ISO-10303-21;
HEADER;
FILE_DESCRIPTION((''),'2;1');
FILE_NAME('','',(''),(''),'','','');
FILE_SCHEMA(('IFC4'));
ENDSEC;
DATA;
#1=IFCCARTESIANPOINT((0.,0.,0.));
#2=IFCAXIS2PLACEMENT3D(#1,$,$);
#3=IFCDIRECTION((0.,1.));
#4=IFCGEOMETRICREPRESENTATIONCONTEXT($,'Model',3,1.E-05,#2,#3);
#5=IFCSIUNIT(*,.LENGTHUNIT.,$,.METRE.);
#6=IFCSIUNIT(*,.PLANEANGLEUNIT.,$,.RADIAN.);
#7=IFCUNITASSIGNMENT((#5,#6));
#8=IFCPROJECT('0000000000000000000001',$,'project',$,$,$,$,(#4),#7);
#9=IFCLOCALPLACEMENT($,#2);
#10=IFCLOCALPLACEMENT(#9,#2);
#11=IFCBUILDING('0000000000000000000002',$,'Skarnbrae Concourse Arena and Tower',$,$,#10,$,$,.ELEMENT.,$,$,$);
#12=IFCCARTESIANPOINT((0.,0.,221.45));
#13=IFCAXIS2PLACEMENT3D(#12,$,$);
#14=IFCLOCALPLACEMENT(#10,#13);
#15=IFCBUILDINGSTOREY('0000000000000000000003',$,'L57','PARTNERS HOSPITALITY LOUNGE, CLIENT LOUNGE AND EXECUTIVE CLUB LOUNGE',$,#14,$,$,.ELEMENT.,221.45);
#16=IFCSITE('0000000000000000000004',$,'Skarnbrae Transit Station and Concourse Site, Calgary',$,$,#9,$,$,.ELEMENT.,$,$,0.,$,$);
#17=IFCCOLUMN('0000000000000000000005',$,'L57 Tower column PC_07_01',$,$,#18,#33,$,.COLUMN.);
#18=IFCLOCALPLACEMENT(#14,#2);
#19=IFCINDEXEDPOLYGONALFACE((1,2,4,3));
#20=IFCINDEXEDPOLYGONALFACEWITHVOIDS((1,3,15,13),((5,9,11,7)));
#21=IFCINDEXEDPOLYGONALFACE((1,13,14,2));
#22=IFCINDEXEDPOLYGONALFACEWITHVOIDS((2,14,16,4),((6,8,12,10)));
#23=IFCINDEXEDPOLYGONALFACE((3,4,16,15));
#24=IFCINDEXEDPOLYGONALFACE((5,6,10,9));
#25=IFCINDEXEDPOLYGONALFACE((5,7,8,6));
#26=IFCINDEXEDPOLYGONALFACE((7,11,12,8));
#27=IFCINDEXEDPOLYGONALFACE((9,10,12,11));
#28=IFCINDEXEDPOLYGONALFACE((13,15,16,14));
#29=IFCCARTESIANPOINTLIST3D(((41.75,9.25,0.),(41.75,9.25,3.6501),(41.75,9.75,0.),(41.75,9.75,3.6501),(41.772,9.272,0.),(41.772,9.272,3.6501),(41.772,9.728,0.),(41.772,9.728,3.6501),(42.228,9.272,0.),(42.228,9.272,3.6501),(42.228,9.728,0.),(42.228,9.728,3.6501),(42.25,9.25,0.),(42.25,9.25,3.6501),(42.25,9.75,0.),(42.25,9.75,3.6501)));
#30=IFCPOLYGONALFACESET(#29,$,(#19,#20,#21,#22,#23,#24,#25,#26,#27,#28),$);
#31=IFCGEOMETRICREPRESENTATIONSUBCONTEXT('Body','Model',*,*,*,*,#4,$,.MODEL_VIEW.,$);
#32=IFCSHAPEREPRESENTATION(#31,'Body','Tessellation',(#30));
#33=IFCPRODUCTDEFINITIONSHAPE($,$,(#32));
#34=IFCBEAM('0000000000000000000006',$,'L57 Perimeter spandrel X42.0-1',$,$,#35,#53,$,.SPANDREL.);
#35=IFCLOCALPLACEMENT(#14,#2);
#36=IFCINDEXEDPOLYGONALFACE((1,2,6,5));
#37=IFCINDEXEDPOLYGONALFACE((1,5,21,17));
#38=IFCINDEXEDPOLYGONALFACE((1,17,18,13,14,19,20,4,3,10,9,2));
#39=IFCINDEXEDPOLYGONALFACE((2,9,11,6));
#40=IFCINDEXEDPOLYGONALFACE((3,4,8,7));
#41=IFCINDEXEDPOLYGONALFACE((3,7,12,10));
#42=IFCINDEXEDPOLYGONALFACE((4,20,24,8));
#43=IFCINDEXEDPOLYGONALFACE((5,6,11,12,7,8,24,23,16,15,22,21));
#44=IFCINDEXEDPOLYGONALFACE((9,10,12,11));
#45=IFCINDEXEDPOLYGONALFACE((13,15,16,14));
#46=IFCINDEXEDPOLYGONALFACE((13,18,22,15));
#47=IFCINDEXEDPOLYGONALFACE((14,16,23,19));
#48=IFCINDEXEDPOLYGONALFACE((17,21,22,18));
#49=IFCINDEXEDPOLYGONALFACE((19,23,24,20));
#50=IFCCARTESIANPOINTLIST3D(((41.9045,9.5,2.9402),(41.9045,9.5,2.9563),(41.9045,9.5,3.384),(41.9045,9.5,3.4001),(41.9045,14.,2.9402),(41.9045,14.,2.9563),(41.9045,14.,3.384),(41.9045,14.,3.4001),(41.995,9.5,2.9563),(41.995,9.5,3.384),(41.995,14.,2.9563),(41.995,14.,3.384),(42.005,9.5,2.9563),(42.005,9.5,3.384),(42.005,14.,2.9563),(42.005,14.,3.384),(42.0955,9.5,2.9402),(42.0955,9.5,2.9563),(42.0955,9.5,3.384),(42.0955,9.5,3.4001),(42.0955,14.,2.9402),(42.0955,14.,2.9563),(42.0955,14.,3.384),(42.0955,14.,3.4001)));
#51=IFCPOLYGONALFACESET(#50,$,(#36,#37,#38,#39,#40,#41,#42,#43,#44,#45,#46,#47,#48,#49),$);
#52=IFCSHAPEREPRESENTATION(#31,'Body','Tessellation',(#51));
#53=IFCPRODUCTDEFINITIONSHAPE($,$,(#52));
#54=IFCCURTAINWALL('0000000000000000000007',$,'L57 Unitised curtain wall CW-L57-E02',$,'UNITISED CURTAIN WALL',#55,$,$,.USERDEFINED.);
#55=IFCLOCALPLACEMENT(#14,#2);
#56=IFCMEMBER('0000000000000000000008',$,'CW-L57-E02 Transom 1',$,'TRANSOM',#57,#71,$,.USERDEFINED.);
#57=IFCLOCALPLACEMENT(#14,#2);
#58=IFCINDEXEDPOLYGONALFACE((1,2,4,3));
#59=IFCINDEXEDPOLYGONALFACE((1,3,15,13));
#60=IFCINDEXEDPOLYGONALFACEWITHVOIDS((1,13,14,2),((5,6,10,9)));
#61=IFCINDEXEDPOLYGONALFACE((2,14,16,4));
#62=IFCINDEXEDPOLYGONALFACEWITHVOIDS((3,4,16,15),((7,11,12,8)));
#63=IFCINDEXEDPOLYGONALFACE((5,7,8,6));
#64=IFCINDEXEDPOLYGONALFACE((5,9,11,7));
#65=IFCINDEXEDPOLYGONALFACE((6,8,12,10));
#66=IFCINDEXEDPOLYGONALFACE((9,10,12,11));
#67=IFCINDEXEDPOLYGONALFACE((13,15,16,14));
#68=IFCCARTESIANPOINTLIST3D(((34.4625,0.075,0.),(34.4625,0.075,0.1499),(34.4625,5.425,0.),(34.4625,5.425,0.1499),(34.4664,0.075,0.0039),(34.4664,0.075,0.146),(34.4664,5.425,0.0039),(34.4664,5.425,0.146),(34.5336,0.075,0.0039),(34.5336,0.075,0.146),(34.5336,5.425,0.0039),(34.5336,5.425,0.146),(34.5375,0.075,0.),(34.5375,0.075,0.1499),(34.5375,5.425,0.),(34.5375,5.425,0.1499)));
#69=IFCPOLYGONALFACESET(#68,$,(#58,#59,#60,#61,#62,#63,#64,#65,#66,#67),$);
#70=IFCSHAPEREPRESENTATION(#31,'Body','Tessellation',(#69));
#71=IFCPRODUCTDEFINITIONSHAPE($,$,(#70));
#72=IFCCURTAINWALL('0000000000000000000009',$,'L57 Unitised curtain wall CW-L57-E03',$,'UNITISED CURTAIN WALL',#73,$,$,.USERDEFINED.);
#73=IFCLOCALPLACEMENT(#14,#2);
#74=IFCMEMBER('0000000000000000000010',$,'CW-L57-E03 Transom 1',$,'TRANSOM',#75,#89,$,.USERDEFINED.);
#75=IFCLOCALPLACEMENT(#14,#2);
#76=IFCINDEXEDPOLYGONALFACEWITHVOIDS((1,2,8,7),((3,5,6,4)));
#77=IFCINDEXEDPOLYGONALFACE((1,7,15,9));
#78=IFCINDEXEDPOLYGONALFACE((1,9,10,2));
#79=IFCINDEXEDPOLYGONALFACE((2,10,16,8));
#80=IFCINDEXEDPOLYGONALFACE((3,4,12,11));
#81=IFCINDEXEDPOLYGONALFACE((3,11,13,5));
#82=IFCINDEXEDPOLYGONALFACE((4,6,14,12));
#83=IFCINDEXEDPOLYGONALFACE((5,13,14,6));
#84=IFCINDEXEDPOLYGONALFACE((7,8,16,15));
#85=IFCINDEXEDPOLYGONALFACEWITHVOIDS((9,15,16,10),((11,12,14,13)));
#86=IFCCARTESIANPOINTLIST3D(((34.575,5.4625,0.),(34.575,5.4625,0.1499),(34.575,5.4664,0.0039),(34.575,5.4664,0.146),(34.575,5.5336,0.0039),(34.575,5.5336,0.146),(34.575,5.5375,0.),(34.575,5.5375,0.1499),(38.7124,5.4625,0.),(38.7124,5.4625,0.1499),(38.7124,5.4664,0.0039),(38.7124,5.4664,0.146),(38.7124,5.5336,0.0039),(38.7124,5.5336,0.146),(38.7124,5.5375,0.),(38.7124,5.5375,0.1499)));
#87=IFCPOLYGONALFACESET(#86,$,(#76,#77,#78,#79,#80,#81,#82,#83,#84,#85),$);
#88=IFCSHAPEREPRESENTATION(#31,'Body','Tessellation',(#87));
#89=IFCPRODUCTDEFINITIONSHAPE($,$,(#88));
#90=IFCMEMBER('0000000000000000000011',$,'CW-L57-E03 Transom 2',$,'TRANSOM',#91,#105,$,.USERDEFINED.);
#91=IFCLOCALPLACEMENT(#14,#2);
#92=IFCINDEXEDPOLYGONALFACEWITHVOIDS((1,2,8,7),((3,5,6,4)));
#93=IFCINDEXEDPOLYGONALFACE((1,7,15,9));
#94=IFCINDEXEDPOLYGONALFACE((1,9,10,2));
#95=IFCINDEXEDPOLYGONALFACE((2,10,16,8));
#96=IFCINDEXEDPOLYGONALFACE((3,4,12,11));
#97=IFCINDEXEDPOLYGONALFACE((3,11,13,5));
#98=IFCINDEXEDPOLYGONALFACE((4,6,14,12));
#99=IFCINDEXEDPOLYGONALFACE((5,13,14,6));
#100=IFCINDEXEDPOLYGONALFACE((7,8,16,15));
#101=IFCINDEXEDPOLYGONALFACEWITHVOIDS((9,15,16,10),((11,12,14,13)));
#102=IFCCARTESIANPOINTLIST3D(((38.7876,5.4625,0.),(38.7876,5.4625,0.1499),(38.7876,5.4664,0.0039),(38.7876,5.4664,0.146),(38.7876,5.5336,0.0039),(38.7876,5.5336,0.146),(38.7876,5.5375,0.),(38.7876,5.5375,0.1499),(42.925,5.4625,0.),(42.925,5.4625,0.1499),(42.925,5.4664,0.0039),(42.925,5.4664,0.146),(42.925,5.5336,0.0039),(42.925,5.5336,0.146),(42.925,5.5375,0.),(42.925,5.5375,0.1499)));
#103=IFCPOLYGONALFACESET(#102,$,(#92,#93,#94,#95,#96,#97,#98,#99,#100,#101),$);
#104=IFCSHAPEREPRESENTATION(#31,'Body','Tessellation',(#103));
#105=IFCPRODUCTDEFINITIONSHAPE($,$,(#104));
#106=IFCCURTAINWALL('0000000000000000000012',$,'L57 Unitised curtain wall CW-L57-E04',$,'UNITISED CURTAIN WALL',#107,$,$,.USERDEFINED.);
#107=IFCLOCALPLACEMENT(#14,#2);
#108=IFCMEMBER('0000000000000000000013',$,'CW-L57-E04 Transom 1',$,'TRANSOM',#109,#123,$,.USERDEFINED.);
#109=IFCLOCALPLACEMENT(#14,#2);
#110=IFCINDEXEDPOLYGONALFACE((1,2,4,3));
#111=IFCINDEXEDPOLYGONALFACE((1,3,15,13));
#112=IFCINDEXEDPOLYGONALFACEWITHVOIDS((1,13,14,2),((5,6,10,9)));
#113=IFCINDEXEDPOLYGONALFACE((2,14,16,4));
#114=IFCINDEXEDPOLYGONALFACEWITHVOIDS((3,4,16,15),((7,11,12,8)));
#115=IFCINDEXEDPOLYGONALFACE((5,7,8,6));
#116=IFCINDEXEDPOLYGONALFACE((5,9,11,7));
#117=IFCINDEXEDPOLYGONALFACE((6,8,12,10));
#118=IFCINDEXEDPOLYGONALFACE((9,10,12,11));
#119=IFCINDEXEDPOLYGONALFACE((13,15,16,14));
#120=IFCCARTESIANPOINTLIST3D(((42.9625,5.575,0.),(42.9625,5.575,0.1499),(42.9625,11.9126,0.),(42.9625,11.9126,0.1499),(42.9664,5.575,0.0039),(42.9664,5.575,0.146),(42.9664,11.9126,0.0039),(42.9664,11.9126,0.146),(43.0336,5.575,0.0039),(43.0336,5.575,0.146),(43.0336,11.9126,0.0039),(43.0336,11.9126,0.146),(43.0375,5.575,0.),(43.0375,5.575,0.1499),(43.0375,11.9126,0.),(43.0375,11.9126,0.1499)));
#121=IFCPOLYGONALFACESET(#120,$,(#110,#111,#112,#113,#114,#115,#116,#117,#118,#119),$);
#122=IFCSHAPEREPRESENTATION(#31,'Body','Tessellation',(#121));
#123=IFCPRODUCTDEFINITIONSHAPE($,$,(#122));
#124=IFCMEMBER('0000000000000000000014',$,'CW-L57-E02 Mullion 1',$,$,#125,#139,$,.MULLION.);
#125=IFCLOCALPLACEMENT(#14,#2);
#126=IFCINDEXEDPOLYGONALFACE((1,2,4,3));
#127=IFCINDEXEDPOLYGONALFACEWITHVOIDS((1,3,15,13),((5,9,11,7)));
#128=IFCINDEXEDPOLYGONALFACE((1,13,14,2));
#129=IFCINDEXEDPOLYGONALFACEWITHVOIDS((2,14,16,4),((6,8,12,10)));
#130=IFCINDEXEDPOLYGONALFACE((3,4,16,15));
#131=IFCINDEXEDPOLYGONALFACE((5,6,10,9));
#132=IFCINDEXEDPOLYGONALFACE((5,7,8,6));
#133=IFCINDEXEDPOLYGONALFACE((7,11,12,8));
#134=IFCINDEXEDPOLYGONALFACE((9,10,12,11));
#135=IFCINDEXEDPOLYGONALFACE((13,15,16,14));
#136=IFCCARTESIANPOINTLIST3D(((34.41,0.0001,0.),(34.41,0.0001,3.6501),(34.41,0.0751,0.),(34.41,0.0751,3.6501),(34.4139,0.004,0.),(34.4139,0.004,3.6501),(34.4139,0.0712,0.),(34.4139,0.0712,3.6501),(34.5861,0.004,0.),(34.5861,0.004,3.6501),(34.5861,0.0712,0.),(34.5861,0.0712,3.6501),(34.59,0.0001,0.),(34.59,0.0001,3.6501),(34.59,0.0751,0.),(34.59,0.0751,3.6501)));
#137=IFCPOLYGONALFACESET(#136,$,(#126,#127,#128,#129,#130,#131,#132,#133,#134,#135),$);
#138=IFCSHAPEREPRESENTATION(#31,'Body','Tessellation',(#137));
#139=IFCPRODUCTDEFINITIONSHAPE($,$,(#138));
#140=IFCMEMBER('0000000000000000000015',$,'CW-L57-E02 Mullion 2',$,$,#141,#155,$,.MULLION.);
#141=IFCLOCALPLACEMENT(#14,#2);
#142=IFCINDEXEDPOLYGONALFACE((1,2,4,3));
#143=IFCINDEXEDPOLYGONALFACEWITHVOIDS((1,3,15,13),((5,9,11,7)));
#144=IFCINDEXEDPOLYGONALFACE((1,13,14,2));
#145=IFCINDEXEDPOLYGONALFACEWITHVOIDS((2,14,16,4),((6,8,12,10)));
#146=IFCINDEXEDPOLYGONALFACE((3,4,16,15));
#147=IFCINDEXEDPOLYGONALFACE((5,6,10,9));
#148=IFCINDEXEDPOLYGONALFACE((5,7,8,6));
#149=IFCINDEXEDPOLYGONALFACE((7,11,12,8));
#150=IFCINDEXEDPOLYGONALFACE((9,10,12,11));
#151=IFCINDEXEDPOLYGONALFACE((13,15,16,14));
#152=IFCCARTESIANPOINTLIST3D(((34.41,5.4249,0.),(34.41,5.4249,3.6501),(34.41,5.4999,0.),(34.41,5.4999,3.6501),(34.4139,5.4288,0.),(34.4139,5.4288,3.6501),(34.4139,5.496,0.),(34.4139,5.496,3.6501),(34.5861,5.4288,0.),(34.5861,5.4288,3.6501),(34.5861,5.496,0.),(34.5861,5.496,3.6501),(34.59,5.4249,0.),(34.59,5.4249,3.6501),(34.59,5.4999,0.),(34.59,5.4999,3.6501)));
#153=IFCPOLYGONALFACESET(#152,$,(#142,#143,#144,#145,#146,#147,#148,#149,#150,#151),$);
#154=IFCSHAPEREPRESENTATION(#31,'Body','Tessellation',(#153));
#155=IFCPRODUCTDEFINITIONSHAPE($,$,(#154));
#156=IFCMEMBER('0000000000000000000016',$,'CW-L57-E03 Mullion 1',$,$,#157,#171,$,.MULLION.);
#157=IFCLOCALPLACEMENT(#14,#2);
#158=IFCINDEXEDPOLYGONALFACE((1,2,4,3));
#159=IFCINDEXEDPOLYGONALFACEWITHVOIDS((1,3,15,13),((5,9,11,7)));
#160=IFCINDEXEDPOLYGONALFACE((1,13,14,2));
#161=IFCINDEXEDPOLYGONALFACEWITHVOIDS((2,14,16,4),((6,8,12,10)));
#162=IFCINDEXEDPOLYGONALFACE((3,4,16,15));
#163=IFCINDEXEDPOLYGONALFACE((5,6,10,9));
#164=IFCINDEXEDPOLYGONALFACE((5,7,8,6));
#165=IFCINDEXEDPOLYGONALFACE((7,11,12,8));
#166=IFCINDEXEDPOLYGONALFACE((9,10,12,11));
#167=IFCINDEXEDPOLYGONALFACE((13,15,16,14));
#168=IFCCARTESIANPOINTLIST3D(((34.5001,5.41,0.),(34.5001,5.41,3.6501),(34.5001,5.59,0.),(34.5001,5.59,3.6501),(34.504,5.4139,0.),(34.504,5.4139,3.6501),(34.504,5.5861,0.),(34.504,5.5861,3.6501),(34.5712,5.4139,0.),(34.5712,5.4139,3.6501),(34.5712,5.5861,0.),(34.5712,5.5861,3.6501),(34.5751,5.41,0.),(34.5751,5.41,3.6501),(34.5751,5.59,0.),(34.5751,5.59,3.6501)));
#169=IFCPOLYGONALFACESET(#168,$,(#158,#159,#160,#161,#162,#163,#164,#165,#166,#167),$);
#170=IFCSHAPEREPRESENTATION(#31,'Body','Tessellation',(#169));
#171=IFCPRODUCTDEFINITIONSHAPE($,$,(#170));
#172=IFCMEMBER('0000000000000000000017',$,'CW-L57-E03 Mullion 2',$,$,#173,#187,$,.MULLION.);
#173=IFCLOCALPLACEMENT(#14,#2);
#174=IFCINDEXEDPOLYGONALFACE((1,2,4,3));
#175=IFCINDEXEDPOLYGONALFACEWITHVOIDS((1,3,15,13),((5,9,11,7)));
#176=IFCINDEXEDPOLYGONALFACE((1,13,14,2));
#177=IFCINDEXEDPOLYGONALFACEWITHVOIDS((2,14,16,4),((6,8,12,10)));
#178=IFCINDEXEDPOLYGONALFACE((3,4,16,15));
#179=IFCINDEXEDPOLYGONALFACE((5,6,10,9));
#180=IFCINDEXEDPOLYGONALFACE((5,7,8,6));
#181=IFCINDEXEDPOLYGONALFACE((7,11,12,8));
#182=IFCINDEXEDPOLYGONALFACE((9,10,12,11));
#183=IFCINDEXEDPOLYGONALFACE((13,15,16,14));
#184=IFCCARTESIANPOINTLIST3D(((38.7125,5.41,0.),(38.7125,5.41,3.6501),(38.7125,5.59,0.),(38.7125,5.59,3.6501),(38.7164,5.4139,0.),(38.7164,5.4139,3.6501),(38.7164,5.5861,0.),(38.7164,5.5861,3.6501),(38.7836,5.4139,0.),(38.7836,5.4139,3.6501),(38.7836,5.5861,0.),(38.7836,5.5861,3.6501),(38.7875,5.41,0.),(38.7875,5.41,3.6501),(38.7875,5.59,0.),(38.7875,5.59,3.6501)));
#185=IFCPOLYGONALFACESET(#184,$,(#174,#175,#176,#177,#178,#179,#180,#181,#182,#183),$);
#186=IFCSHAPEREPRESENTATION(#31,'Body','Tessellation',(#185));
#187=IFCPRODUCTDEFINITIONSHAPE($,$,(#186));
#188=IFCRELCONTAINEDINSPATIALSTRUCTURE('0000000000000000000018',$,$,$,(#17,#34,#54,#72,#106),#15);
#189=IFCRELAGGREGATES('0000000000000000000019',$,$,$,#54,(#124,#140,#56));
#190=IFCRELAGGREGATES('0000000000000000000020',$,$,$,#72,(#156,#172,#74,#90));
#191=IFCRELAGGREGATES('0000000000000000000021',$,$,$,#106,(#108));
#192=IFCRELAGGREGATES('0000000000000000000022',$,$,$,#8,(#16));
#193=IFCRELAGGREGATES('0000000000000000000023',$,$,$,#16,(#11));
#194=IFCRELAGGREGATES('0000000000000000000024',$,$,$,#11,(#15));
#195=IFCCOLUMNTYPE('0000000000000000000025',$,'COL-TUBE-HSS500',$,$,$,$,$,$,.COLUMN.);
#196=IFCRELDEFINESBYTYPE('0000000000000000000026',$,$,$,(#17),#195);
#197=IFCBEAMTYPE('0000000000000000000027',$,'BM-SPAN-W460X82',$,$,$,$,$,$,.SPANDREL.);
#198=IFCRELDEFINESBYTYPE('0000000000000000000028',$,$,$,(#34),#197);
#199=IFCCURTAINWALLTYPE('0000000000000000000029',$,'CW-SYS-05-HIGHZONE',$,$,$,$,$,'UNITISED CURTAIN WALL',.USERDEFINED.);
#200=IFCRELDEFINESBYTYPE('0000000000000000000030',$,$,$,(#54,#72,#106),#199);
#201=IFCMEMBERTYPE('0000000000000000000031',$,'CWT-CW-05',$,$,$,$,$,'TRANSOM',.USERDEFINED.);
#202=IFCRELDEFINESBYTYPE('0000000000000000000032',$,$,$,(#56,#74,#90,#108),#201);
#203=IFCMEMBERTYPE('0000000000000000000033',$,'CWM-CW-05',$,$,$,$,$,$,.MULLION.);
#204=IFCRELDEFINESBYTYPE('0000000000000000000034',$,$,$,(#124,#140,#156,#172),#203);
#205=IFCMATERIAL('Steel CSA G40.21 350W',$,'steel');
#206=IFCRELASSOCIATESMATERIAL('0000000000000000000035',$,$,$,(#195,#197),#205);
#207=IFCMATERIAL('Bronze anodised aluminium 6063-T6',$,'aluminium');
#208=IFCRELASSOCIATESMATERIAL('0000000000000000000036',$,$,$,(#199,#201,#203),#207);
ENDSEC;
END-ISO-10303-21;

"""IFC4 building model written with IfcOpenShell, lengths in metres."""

from ifc_helpers import new_model, si_unit, direction, frame, origin, origin_2d, place, context, subcontext, project, spatial, hollow_rectangle, i_section, extrude, source, transform, mapped, material, material_profile, profile_set, type_object, element, aggregate, save


model = new_model("IFC4")

# Units and contexts
model_context = context("Model", 3, precision=1e-05, world=origin(), true_north=direction((0.0, 1.0)))
body_context = subcontext(model_context, "Body", "Model", "MODEL_VIEW")
ifc_project = project(units=[si_unit("LENGTHUNIT", "METRE"), si_unit("PLANEANGLEUNIT", "RADIAN")], contexts=[model_context])

# Site, building, storey
site_placement = place(None, origin())
site = spatial("IfcSite", under=ifc_project, at=site_placement, Name="Skarnbrae Transit Station and Concourse Site, Calgary", CompositionType="ELEMENT", RefElevation=0.0)
building_placement = place(site_placement, origin())
building = spatial("IfcBuilding", under=site, at=building_placement, Name="Skarnbrae Concourse Arena and Tower", CompositionType="ELEMENT")
storey_placement = place(building_placement, frame((0.0, 0.0, 221.45)))
storey = spatial("IfcBuildingStorey", under=building, at=storey_placement, Name="L57", Description="PARTNERS HOSPITALITY LOUNGE, CLIENT LOUNGE AND EXECUTIVE CLUB LOUNGE", CompositionType="ELEMENT", Elevation=221.45)

# Column
ifc_material_1 = material(Name="Steel CSA G40.21 350W", Category="steel")
ifc_material_profile_1 = material_profile(ifc_material_1, hollow_rectangle(XDim=0.5, YDim=0.5, WallThickness=0.022, at=origin_2d()), Name="HSS500X500X22.0")
ifc_profile_set_1 = profile_set([ifc_material_profile_1], Name="Steel CSA G40.21 350W")
column_type = type_object("IfcColumnType", Name="COL-TUBE-HSS500", PredefinedType="COLUMN", material=ifc_profile_set_1)
shared_shape_1 = source(origin(), body_context, "Body", "SweptSolid", [
    extrude(hollow_rectangle(XDim=0.5, YDim=0.5, WallThickness=0.022, at=origin_2d()), origin(), (0.0, 0.0, 1.0), 3.6501),
])
column_placement = place(storey_placement, frame((42.0, 9.5, 0.0), z_axis=(0.0, 0.0, 1.0), x_axis=(1.0, 0.0, 0.0)))
element("IfcColumn", 1, at=column_placement, inside=storey, type_object=column_type, Name="L57 Tower column PC_07_01", PredefinedType="COLUMN", context=body_context, shape_type="MappedRepresentation", body=[
    mapped(shared_shape_1, transform((0.0, 0.0, 0.0))),
])

# Beam
ifc_material_profile_2 = material_profile(ifc_material_1, i_section(OverallWidth=0.1909, OverallDepth=0.46, WebThickness=0.01, FlangeThickness=0.0161, at=origin_2d()), Name="W460X82")
ifc_profile_set_2 = profile_set([ifc_material_profile_2], Name="Steel CSA G40.21 350W")
beam_type = type_object("IfcBeamType", Name="BM-SPAN-W460X82", PredefinedType="SPANDREL", material=ifc_profile_set_2)
shared_shape_2 = source(origin(), body_context, "Body", "SweptSolid", [
    extrude(i_section(OverallWidth=0.1909, OverallDepth=0.46, WebThickness=0.01, FlangeThickness=0.0161, at=origin_2d()), origin(), (0.0, 0.0, 1.0), 4.5),
])
beam_placement = place(storey_placement, frame((42.0, 9.5, 3.1702), z_axis=(0.0, 1.0, 0.0), x_axis=(-1.0, 0.0, 0.0)))
element("IfcBeam", 2, at=beam_placement, inside=storey, type_object=beam_type, Name="L57 Perimeter spandrel X42.0-1", PredefinedType="SPANDREL", context=body_context, shape_type="MappedRepresentation", body=[
    mapped(shared_shape_2, transform((0.0, 0.0, 0.0))),
])

# Curtain wall, member
ifc_material_2 = material(Name="Bronze anodised aluminium 6063-T6", Category="aluminium")
curtain_wall_type = type_object("IfcCurtainWallType", Name="CW-SYS-05-HIGHZONE", ElementType="UNITISED CURTAIN WALL", PredefinedType="USERDEFINED", material=ifc_material_2)
curtain_wall_1_placement = place(storey_placement, origin())
curtain_wall_1 = element("IfcCurtainWall", 3, at=curtain_wall_1_placement, inside=storey, type_object=curtain_wall_type, Name="L57 Unitised curtain wall CW-L57-E02", ObjectType="UNITISED CURTAIN WALL", PredefinedType="USERDEFINED")
ifc_material_profile_3 = material_profile(ifc_material_2, hollow_rectangle(XDim=0.075, YDim=0.1499, WallThickness=0.0039, at=origin_2d()), Name="ALU-TRAN-75X150")
ifc_profile_set_3 = profile_set([ifc_material_profile_3], Name="Bronze anodised aluminium 6063-T6")
member_type_1 = type_object("IfcMemberType", Name="CWT-CW-05", ElementType="TRANSOM", PredefinedType="USERDEFINED", material=ifc_profile_set_3)
shared_shape_3 = source(origin(), body_context, "Body", "SweptSolid", [
    extrude(hollow_rectangle(XDim=0.075, YDim=0.1499, WallThickness=0.0039, at=origin_2d()), origin(), (0.0, 0.0, 1.0), 5.3501),
])
member_1_placement = place(storey_placement, frame((34.5, 0.075, 0.075), z_axis=(0.0, 1.0, 0.0), x_axis=(-1.0, 0.0, 0.0)))
member_1 = element("IfcMember", 4, at=member_1_placement, type_object=member_type_1, Name="CW-L57-E02 Transom 1", ObjectType="TRANSOM", PredefinedType="USERDEFINED", context=body_context, shape_type="MappedRepresentation", body=[
    mapped(shared_shape_3, transform((0.0, 0.0, 0.0))),
])

# Curtain wall, members
curtain_wall_2_placement = place(storey_placement, origin())
curtain_wall_2 = element("IfcCurtainWall", 5, at=curtain_wall_2_placement, inside=storey, type_object=curtain_wall_type, Name="L57 Unitised curtain wall CW-L57-E03", ObjectType="UNITISED CURTAIN WALL", PredefinedType="USERDEFINED")
shared_shape_4 = source(origin(), body_context, "Body", "SweptSolid", [
    extrude(hollow_rectangle(XDim=0.075, YDim=0.1499, WallThickness=0.0039, at=origin_2d()), origin(), (0.0, 0.0, 1.0), 4.1375),
])
member_2_placement = place(storey_placement, frame((34.575, 5.5, 0.075), z_axis=(1.0, 0.0, 0.0), x_axis=(0.0, 1.0, 0.0)))
member_2 = element("IfcMember", 6, at=member_2_placement, type_object=member_type_1, Name="CW-L57-E03 Transom 1", ObjectType="TRANSOM", PredefinedType="USERDEFINED", context=body_context, shape_type="MappedRepresentation", body=[
    mapped(shared_shape_4, transform((0.0, 0.0, 0.0))),
])
member_3_placement = place(storey_placement, frame((38.7876, 5.5, 0.075), z_axis=(1.0, 0.0, 0.0), x_axis=(0.0, 1.0, 0.0)))
member_3 = element("IfcMember", 7, at=member_3_placement, type_object=member_type_1, Name="CW-L57-E03 Transom 2", ObjectType="TRANSOM", PredefinedType="USERDEFINED", context=body_context, shape_type="MappedRepresentation", body=[
    mapped(shared_shape_4, transform((0.0, 0.0, 0.0))),
])

# Curtain wall, member
curtain_wall_3_placement = place(storey_placement, origin())
curtain_wall_3 = element("IfcCurtainWall", 8, at=curtain_wall_3_placement, inside=storey, type_object=curtain_wall_type, Name="L57 Unitised curtain wall CW-L57-E04", ObjectType="UNITISED CURTAIN WALL", PredefinedType="USERDEFINED")
shared_shape_5 = source(origin(), body_context, "Body", "SweptSolid", [
    extrude(hollow_rectangle(XDim=0.075, YDim=0.1499, WallThickness=0.0039, at=origin_2d()), origin(), (0.0, 0.0, 1.0), 6.3376),
])
member_4_placement = place(storey_placement, frame((43.0, 5.575, 0.075), z_axis=(0.0, 1.0, 0.0), x_axis=(-1.0, 0.0, 0.0)))
member_4 = element("IfcMember", 9, at=member_4_placement, type_object=member_type_1, Name="CW-L57-E04 Transom 1", ObjectType="TRANSOM", PredefinedType="USERDEFINED", context=body_context, shape_type="MappedRepresentation", body=[
    mapped(shared_shape_5, transform((0.0, 0.0, 0.0))),
])

# Members
ifc_material_profile_4 = material_profile(ifc_material_2, hollow_rectangle(XDim=0.075, YDim=0.1799, WallThickness=0.0039, at=origin_2d()), Name="ALU-MULL-75X180")
ifc_profile_set_4 = profile_set([ifc_material_profile_4], Name="Bronze anodised aluminium 6063-T6")
member_type_2 = type_object("IfcMemberType", Name="CWM-CW-05", PredefinedType="MULLION", material=ifc_profile_set_4)
shared_shape_6 = source(origin(), body_context, "Body", "SweptSolid", [
    extrude(hollow_rectangle(XDim=0.075, YDim=0.1799, WallThickness=0.0039, at=origin_2d()), origin(), (0.0, 0.0, 1.0), 3.6501),
])
member_5_placement = place(storey_placement, frame((34.5, 0.0376, 0.0), z_axis=(0.0, 0.0, 1.0), x_axis=(0.0, 1.0, 0.0)))
member_5 = element("IfcMember", 10, at=member_5_placement, type_object=member_type_2, Name="CW-L57-E02 Mullion 1", PredefinedType="MULLION", context=body_context, shape_type="MappedRepresentation", body=[
    mapped(shared_shape_6, transform((0.0, 0.0, 0.0))),
])
member_6_placement = place(storey_placement, frame((34.5, 5.4624, 0.0), z_axis=(0.0, 0.0, 1.0), x_axis=(0.0, 1.0, 0.0)))
member_6 = element("IfcMember", 11, at=member_6_placement, type_object=member_type_2, Name="CW-L57-E02 Mullion 2", PredefinedType="MULLION", context=body_context, shape_type="MappedRepresentation", body=[
    mapped(shared_shape_6, transform((0.0, 0.0, 0.0))),
])
member_7_placement = place(storey_placement, frame((34.5376, 5.5, 0.0), z_axis=(0.0, 0.0, 1.0), x_axis=(1.0, 0.0, 0.0)))
member_7 = element("IfcMember", 12, at=member_7_placement, type_object=member_type_2, Name="CW-L57-E03 Mullion 1", PredefinedType="MULLION", context=body_context, shape_type="MappedRepresentation", body=[
    mapped(shared_shape_6, transform((0.0, 0.0, 0.0))),
])
member_8_placement = place(storey_placement, frame((38.75, 5.5, 0.0), z_axis=(0.0, 0.0, 1.0), x_axis=(1.0, 0.0, 0.0)))
member_8 = element("IfcMember", 13, at=member_8_placement, type_object=member_type_2, Name="CW-L57-E03 Mullion 2", PredefinedType="MULLION", context=body_context, shape_type="MappedRepresentation", body=[
    mapped(shared_shape_6, transform((0.0, 0.0, 0.0))),
])

aggregate(curtain_wall_1, [member_5, member_6, member_1])
aggregate(curtain_wall_2, [member_7, member_8, member_2, member_3])
aggregate(curtain_wall_3, [member_4])

save(model, "model.ifc")
